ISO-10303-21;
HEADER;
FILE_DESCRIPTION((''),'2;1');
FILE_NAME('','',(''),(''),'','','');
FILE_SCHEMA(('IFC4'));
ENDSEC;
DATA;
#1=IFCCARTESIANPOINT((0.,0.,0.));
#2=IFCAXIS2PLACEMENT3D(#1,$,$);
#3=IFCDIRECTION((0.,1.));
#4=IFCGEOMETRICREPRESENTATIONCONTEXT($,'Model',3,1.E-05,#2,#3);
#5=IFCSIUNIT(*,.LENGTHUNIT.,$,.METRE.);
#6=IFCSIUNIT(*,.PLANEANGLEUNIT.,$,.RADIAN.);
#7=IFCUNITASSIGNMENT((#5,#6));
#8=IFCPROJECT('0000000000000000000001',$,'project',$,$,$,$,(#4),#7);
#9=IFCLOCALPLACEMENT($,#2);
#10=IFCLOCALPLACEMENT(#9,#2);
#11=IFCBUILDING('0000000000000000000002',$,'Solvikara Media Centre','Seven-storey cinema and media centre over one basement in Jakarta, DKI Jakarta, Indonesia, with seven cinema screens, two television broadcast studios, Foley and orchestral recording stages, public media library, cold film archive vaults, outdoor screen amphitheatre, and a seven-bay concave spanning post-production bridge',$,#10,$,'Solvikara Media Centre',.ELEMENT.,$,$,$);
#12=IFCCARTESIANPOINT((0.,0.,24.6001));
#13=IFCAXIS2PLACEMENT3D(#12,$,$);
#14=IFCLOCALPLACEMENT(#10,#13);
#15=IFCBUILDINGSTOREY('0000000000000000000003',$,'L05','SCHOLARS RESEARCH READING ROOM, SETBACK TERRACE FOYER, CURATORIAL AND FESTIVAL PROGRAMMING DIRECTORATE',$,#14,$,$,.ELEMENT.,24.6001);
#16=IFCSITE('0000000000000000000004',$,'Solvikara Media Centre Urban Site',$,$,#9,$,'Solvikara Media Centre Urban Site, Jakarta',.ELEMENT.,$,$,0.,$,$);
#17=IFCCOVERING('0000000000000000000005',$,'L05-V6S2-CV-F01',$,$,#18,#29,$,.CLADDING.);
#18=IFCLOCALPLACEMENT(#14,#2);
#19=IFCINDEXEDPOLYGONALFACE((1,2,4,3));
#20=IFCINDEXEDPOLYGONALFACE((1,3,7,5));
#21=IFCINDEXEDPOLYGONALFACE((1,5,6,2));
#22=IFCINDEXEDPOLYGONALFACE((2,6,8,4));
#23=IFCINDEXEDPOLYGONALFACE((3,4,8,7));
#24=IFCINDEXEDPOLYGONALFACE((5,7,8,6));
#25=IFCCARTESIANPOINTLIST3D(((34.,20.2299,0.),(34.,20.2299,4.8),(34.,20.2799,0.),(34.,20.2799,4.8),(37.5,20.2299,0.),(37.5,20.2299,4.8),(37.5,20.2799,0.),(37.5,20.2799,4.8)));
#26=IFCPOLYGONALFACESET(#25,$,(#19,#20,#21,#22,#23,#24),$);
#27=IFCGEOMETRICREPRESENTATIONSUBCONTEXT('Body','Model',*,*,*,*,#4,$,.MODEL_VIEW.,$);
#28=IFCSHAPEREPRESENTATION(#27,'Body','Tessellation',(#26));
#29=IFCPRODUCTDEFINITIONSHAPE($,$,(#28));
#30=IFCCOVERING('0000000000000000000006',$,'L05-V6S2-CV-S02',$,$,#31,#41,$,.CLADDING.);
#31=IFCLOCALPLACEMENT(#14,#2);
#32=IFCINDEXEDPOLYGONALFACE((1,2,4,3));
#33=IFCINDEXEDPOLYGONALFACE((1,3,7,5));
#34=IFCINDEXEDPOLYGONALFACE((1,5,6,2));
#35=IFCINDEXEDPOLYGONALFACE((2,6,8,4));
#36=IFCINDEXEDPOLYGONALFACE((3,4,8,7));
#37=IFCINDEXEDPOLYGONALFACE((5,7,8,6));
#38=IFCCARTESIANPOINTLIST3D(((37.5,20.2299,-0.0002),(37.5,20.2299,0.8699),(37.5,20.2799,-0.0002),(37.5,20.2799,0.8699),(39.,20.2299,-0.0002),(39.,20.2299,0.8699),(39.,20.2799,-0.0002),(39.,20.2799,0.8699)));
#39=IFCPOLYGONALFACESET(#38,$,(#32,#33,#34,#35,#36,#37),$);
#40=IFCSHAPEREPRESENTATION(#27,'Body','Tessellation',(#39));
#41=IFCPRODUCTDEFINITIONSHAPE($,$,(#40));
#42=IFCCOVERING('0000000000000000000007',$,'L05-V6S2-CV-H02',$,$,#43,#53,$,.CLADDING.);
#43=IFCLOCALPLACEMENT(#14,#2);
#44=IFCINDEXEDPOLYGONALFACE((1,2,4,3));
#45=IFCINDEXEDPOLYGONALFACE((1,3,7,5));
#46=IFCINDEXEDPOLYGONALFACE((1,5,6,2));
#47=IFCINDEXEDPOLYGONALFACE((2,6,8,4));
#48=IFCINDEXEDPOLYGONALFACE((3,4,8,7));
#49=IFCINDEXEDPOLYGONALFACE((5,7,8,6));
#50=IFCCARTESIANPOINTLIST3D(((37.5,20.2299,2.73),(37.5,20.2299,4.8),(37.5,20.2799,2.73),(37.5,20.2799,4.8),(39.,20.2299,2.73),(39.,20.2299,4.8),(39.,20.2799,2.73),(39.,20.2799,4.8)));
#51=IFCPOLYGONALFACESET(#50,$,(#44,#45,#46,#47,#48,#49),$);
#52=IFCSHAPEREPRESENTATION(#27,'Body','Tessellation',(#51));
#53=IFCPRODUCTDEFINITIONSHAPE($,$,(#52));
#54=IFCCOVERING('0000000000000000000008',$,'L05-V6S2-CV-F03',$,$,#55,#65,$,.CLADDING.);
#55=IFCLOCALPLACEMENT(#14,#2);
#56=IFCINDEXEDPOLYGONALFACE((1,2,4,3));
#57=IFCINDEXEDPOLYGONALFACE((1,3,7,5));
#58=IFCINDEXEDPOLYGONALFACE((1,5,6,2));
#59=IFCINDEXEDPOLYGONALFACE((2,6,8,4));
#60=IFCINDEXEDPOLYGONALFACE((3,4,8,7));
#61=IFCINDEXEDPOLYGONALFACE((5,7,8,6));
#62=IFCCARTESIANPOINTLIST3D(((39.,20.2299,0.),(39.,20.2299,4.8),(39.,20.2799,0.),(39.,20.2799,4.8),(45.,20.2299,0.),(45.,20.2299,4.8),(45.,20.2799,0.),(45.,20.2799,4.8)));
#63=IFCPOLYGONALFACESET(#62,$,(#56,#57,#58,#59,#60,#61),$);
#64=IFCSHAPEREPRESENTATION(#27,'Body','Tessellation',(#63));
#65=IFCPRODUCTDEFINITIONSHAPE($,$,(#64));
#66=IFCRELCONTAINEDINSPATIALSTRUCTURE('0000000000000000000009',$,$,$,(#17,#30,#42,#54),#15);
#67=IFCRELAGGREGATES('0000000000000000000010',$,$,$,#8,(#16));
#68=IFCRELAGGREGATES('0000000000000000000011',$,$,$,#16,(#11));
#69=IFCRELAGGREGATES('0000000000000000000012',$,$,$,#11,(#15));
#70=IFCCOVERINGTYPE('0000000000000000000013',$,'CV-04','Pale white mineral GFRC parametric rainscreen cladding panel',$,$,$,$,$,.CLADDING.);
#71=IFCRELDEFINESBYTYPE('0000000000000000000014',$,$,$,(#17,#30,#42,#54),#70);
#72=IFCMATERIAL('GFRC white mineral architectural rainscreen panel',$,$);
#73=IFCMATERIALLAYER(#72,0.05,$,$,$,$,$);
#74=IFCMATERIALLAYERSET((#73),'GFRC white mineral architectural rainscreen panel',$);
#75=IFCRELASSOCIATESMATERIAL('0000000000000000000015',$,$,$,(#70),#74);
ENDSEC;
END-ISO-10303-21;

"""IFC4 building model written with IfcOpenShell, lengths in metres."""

from ifc_helpers import new_model, si_unit, direction, frame, origin, origin_2d, place, context, subcontext, project, spatial, rectangle, extrude, material, layer, layer_set, type_object, element, save


model = new_model("IFC4")

# Units and contexts
model_context = context("Model", 3, precision=1e-05, world=origin(), true_north=direction((0.0, 1.0)))
body_context = subcontext(model_context, "Body", "Model", "MODEL_VIEW")
ifc_project = project(units=[si_unit("LENGTHUNIT", "METRE"), si_unit("PLANEANGLEUNIT", "RADIAN")], contexts=[model_context])

# Site, building, storey
site_placement = place(None, origin())
site = spatial("IfcSite", under=ifc_project, at=site_placement, Name="Solvikara Media Centre Urban Site", LongName="Solvikara Media Centre Urban Site, Jakarta", CompositionType="ELEMENT", RefElevation=0.0)
building_placement = place(site_placement, origin())
building = spatial("IfcBuilding", under=site, at=building_placement, Name="Solvikara Media Centre", Description="Seven-storey cinema and media centre over one basement in Jakarta, DKI Jakarta, Indonesia, with seven cinema screens, two television broadcast studios, Foley and orchestral recording stages, public media library, cold film archive vaults, outdoor screen amphitheatre, and a seven-bay concave spanning post-production bridge", LongName="Solvikara Media Centre", CompositionType="ELEMENT")
storey_placement = place(building_placement, frame((0.0, 0.0, 24.6001)))
storey = spatial("IfcBuildingStorey", under=building, at=storey_placement, Name="L05", Description="SCHOLARS RESEARCH READING ROOM, SETBACK TERRACE FOYER, CURATORIAL AND FESTIVAL PROGRAMMING DIRECTORATE", CompositionType="ELEMENT", Elevation=24.6001)

# Coverings
ifc_material_1 = material(Name="GFRC white mineral architectural rainscreen panel")
ifc_layer_1 = layer(ifc_material_1, 0.05)
ifc_layer_set_1 = layer_set([ifc_layer_1], Name="GFRC white mineral architectural rainscreen panel")
covering_type = type_object("IfcCoveringType", Name="CV-04", Description="Pale white mineral GFRC parametric rainscreen cladding panel", PredefinedType="CLADDING", material=ifc_layer_set_1)
covering_1_placement = place(storey_placement, frame((35.75, 20.2549, 0.0), z_axis=(0.0, 0.0, 1.0), x_axis=(1.0, 0.0, 0.0)))
element("IfcCovering", 1, at=covering_1_placement, inside=storey, type_object=covering_type, Name="L05-V6S2-CV-F01", PredefinedType="CLADDING", context=body_context, shape_type="SweptSolid", body=[
    extrude(rectangle(XDim=3.5, YDim=0.05, at=origin_2d()), origin(), (0.0, 0.0, 1.0), 4.8),
])
covering_2_placement = place(storey_placement, frame((38.25, 20.2549, -0.0002), z_axis=(0.0, 0.0, 1.0), x_axis=(1.0, 0.0, 0.0)))
element("IfcCovering", 2, at=covering_2_placement, inside=storey, type_object=covering_type, Name="L05-V6S2-CV-S02", PredefinedType="CLADDING", context=body_context, shape_type="SweptSolid", body=[
    extrude(rectangle(XDim=1.5, YDim=0.05, at=origin_2d()), origin(), (0.0, 0.0, 1.0), 0.8701),
])
covering_3_placement = place(storey_placement, frame((38.25, 20.2549, 2.73), z_axis=(0.0, 0.0, 1.0), x_axis=(1.0, 0.0, 0.0)))
element("IfcCovering", 3, at=covering_3_placement, inside=storey, type_object=covering_type, Name="L05-V6S2-CV-H02", PredefinedType="CLADDING", context=body_context, shape_type="SweptSolid", body=[
    extrude(rectangle(XDim=1.5, YDim=0.05, at=origin_2d()), origin(), (0.0, 0.0, 1.0), 2.0701),
])
covering_4_placement = place(storey_placement, frame((42.0, 20.2549, 0.0), z_axis=(0.0, 0.0, 1.0), x_axis=(1.0, 0.0, 0.0)))
element("IfcCovering", 4, at=covering_4_placement, inside=storey, type_object=covering_type, Name="L05-V6S2-CV-F03", PredefinedType="CLADDING", context=body_context, shape_type="SweptSolid", body=[
    extrude(rectangle(XDim=6.0, YDim=0.05, at=origin_2d()), origin(), (0.0, 0.0, 1.0), 4.8),
])

save(model, "model.ifc")
